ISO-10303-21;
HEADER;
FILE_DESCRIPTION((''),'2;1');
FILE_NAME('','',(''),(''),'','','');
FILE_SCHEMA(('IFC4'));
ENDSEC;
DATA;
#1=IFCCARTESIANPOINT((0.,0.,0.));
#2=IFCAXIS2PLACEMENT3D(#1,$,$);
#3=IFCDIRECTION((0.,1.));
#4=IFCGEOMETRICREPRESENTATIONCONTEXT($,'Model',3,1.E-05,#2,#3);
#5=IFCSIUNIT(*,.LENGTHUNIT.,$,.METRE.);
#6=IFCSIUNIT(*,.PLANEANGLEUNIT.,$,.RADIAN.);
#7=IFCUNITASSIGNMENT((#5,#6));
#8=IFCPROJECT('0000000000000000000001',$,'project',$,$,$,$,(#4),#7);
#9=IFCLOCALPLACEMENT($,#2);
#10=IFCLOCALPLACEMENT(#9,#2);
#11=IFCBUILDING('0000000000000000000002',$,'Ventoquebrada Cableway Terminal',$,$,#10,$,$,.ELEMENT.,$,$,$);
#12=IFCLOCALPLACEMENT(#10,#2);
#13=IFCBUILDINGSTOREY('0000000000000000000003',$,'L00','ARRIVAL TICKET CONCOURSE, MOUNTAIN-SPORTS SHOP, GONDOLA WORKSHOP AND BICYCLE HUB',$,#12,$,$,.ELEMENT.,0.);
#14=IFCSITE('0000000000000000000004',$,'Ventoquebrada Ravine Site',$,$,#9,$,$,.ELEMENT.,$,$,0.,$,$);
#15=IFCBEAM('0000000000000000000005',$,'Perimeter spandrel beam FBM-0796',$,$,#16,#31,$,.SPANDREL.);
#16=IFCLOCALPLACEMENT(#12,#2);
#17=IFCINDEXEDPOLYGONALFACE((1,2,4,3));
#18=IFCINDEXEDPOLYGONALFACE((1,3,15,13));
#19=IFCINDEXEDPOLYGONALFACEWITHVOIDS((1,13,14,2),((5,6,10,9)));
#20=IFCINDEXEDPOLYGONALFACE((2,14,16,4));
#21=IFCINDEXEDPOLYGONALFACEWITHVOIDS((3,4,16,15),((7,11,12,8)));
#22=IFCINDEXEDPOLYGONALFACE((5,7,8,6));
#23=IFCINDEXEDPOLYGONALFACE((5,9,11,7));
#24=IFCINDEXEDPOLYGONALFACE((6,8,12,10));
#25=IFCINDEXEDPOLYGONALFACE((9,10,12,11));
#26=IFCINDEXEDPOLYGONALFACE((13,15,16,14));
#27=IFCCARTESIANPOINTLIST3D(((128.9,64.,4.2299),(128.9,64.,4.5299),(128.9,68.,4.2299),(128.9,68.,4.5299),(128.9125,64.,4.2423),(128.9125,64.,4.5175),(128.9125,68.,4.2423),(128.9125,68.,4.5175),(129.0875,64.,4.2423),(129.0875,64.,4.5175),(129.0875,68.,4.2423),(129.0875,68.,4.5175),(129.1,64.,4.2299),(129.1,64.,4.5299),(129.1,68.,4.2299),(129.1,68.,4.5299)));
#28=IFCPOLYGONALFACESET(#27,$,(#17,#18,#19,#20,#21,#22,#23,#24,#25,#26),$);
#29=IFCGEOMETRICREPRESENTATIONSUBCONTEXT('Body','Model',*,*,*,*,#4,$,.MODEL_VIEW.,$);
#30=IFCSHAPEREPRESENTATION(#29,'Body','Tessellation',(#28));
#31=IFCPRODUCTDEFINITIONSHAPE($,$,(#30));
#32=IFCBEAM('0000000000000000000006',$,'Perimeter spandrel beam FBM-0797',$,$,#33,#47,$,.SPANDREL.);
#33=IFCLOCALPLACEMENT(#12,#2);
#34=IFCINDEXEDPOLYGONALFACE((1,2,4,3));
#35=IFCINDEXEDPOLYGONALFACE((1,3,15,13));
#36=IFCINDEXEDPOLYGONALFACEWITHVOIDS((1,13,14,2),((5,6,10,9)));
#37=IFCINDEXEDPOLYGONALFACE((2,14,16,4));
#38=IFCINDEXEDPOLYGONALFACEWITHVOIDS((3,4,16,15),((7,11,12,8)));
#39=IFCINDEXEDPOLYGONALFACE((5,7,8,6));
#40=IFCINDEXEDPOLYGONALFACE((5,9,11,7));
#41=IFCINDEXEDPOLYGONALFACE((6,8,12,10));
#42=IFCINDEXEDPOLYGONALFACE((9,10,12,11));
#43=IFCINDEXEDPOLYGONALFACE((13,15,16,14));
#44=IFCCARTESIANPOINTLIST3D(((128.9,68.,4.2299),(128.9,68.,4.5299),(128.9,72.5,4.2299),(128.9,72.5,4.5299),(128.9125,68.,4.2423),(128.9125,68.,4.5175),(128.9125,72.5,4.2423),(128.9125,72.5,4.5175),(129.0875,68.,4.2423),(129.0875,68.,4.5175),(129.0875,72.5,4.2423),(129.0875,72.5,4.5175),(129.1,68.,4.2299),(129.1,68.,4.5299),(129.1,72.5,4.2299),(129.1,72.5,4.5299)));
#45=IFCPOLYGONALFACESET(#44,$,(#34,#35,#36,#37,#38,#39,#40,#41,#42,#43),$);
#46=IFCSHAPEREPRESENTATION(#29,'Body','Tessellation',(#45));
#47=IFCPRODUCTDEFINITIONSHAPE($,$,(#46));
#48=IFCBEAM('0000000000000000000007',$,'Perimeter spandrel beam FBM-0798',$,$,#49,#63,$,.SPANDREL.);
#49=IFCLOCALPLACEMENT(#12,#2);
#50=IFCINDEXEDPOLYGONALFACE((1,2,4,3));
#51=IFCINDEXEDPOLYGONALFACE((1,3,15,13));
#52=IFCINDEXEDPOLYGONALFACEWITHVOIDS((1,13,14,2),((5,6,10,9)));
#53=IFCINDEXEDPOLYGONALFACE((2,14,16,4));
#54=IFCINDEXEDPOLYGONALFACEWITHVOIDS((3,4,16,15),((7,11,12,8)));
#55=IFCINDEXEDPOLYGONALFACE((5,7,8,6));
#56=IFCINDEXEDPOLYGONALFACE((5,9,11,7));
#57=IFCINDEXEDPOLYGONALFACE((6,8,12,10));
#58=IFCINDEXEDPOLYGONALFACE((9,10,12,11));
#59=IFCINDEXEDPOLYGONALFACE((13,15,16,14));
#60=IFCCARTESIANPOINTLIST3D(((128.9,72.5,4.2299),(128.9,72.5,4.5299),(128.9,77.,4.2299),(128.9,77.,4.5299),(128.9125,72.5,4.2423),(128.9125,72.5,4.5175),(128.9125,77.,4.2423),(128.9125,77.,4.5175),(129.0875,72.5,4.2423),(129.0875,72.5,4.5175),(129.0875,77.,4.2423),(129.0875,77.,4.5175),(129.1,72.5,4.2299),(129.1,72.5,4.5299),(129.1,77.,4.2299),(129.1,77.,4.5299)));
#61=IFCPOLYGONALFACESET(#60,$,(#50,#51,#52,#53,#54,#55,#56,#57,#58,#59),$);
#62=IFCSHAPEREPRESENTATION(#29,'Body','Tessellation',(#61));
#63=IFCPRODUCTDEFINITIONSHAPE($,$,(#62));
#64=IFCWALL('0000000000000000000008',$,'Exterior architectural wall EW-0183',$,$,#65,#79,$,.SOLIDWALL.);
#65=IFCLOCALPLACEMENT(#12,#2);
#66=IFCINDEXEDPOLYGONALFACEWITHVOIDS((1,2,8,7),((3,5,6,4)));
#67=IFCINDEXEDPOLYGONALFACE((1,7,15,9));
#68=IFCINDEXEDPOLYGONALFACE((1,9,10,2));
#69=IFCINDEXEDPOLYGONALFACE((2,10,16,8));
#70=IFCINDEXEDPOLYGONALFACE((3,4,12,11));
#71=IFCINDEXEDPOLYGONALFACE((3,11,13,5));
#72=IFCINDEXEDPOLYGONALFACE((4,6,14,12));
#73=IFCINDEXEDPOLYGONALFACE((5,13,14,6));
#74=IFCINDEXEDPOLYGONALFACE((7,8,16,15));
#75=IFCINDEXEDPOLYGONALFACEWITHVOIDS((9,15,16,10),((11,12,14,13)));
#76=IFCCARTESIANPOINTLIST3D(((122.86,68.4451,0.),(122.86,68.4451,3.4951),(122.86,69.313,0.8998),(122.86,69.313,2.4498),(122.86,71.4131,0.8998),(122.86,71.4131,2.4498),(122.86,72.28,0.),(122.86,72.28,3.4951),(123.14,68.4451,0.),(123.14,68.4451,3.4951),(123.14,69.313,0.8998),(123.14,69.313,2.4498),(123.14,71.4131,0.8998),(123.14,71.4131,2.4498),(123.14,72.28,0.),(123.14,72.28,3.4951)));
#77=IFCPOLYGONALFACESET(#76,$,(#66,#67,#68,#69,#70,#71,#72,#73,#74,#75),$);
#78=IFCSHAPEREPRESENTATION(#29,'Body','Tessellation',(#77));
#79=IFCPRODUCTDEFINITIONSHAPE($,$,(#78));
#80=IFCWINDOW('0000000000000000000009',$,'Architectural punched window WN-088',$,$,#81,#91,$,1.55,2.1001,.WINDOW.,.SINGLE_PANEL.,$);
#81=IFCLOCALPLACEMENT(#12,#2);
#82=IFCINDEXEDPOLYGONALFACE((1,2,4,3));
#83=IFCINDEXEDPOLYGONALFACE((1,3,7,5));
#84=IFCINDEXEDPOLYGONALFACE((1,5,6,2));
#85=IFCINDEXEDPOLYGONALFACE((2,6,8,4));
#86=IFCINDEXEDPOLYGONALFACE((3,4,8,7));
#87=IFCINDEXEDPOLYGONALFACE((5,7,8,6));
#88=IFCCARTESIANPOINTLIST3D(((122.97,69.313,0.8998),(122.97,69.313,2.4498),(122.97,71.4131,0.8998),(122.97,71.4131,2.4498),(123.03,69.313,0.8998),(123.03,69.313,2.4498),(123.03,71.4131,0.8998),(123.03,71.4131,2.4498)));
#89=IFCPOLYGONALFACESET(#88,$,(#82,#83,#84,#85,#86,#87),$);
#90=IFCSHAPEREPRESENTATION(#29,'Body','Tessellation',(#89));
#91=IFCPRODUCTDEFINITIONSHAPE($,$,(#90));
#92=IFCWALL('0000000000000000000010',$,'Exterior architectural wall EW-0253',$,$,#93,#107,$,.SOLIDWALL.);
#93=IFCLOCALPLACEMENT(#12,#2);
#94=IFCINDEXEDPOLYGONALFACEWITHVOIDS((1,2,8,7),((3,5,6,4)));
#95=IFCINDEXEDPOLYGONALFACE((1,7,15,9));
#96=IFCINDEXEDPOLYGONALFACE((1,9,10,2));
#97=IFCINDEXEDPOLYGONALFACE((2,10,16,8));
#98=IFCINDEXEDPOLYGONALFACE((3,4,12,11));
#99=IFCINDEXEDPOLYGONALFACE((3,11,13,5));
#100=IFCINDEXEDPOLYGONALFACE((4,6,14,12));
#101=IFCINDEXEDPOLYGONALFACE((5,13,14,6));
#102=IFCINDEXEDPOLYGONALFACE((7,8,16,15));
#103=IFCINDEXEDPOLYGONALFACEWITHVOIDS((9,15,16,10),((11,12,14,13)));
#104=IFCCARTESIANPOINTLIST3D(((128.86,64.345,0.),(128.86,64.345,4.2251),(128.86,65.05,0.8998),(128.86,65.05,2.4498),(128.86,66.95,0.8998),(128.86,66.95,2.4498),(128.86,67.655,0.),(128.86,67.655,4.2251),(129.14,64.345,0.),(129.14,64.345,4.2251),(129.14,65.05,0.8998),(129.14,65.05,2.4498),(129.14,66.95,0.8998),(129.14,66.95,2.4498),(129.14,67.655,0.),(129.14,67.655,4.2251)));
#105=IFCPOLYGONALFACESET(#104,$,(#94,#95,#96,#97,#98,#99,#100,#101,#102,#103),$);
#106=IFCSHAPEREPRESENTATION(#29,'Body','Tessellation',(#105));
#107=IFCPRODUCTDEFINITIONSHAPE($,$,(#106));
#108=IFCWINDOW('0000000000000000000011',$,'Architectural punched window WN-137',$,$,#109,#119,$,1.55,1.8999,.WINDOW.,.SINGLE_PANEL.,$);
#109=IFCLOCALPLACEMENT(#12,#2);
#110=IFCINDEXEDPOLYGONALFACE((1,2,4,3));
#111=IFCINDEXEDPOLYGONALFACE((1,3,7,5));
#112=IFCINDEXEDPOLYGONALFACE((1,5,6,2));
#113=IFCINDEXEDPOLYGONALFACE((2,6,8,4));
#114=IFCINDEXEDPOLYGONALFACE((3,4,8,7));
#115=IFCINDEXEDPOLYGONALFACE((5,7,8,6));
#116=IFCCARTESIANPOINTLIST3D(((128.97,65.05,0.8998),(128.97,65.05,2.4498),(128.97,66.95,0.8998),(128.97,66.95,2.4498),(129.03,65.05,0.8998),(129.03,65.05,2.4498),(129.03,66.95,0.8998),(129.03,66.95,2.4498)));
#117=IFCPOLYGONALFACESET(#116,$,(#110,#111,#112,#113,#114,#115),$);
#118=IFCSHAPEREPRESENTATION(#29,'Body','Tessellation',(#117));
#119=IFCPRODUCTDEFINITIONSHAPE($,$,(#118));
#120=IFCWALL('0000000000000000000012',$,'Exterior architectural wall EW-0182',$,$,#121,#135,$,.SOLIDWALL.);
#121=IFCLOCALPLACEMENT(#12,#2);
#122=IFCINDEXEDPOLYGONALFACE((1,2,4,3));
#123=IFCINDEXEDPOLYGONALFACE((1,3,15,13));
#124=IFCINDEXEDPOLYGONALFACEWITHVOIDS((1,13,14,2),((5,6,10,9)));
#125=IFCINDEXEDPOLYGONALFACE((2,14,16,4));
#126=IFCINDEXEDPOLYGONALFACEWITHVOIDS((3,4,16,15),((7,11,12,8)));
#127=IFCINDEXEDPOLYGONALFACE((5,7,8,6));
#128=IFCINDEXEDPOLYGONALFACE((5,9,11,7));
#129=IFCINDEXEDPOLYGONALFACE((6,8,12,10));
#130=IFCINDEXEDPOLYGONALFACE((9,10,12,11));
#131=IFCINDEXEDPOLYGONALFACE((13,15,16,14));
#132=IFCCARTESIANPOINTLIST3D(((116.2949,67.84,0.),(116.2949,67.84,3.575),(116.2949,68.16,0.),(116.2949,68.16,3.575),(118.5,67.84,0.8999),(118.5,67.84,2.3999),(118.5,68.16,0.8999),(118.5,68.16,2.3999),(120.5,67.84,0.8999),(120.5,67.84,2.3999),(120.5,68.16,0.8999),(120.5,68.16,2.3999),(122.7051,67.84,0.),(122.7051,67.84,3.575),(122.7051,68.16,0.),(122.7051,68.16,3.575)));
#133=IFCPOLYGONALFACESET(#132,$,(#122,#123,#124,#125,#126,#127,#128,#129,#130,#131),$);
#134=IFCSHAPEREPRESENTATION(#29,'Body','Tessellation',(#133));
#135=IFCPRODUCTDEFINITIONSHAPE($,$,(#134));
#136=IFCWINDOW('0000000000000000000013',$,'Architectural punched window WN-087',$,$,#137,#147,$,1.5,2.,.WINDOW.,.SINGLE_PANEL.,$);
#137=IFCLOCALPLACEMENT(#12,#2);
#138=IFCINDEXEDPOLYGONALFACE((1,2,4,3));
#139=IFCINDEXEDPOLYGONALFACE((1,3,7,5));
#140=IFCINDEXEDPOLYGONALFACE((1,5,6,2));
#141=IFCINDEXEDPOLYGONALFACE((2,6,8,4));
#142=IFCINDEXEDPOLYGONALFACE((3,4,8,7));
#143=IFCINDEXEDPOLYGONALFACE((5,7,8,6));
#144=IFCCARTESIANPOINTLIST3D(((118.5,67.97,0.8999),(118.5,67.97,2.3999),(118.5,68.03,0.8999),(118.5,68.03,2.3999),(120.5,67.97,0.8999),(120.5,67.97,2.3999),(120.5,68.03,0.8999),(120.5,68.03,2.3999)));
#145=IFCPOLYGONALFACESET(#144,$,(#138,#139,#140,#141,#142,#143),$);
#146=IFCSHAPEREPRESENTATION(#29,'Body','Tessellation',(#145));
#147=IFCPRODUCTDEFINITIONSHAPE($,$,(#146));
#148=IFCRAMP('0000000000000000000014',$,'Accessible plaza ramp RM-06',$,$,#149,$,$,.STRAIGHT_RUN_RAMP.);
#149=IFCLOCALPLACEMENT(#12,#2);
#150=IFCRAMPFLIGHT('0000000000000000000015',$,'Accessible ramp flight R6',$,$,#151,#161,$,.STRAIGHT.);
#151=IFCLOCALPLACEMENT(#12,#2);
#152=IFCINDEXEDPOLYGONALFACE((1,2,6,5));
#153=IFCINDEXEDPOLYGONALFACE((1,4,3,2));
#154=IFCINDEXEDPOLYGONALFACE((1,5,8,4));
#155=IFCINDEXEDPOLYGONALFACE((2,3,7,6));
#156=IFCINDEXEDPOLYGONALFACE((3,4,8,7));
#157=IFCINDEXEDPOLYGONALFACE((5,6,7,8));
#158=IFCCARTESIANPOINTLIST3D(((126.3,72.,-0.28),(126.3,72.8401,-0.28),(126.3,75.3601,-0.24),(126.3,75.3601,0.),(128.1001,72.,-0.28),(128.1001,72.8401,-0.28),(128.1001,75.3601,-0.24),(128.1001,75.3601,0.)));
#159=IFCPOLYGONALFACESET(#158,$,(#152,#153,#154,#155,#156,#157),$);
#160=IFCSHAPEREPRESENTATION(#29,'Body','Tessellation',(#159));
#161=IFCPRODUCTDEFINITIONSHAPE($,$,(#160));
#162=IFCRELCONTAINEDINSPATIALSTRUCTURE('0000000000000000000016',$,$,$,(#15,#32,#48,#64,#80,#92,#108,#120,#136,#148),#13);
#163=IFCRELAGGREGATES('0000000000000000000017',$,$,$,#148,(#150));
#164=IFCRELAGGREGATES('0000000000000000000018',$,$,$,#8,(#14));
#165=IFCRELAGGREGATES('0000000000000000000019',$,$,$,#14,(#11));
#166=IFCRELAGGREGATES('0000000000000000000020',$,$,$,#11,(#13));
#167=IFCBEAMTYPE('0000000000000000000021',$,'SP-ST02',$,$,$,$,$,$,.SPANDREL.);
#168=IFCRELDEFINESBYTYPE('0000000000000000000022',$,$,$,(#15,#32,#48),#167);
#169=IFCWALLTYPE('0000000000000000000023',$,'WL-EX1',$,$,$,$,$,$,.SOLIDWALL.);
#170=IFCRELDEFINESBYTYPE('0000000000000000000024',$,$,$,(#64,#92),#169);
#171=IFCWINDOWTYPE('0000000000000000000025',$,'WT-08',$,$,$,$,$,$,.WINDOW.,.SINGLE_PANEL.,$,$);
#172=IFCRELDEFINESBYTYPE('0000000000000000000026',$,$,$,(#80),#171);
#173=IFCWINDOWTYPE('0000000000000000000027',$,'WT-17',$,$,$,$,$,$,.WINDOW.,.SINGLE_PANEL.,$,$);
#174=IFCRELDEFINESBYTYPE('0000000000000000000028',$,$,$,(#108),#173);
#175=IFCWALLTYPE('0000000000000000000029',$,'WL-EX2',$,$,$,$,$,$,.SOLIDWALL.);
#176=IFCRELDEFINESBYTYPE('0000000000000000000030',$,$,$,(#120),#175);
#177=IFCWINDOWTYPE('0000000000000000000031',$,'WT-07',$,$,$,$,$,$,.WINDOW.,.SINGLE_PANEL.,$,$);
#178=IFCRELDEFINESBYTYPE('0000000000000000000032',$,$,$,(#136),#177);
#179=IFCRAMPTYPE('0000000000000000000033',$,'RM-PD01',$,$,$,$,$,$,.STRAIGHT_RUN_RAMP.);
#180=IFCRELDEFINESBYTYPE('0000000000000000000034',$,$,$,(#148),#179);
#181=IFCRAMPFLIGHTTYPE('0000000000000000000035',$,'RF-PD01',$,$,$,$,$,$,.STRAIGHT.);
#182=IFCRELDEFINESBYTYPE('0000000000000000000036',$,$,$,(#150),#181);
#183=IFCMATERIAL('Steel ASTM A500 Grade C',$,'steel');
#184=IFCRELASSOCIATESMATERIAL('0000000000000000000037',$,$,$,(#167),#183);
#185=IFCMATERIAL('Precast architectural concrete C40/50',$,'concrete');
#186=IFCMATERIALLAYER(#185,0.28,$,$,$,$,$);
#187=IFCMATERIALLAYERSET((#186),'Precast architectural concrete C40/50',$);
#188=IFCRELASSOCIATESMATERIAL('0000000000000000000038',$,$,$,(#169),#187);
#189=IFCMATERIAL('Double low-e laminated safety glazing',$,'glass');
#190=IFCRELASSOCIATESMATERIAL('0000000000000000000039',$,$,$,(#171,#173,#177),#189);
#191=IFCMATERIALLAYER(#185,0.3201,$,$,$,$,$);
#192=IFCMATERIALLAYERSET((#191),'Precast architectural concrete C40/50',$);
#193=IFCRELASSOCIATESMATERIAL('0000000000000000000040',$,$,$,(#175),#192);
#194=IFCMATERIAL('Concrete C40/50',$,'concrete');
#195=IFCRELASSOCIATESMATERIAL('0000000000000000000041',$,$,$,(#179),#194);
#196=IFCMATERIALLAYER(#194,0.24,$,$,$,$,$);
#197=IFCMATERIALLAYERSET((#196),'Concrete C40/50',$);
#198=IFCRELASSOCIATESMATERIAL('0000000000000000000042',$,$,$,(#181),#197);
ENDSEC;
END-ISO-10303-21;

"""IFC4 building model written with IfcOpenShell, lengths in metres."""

from ifc_helpers import new_model, si_unit, direction, frame, frame_2d, origin, origin_2d, place, context, subcontext, project, spatial, polyline, rectangle, hollow_rectangle, outline, extrude, material, layer, layer_set, material_profile, profile_set, type_object, element, fill, aggregate, save


model = new_model("IFC4")

# Units and contexts
model_context = context("Model", 3, precision=1e-05, world=origin(), true_north=direction((0.0, 1.0)))
body_context = subcontext(model_context, "Body", "Model", "MODEL_VIEW")
ifc_project = project(units=[si_unit("LENGTHUNIT", "METRE"), si_unit("PLANEANGLEUNIT", "RADIAN")], contexts=[model_context])

# Site, building, storey
site_placement = place(None, origin())
site = spatial("IfcSite", under=ifc_project, at=site_placement, Name="Ventoquebrada Ravine Site", CompositionType="ELEMENT", RefElevation=0.0)
building_placement = place(site_placement, origin())
building = spatial("IfcBuilding", under=site, at=building_placement, Name="Ventoquebrada Cableway Terminal", CompositionType="ELEMENT")
storey_placement = place(building_placement, origin())
storey = spatial("IfcBuildingStorey", under=building, at=storey_placement, Name="L00", Description="ARRIVAL TICKET CONCOURSE, MOUNTAIN-SPORTS SHOP, GONDOLA WORKSHOP AND BICYCLE HUB", CompositionType="ELEMENT", Elevation=0.0)

# Shared definitions
ifc_material_1 = material(Name="Concrete C40/50", Category="concrete")

# Shared definitions
ifc_material_2 = material(Name="Steel ASTM A500 Grade C", Category="steel")

# Beams
ifc_material_profile_1 = material_profile(ifc_material_2, hollow_rectangle(XDim=0.2, YDim=0.3, WallThickness=0.0125, at=origin_2d()), Name="RHS300X200X12.5")
ifc_profile_set_1 = profile_set([ifc_material_profile_1], Name="Steel ASTM A500 Grade C")
beam_type_1 = type_object("IfcBeamType", Name="SP-ST02", PredefinedType="SPANDREL", material=ifc_profile_set_1)
beam_1_placement = place(storey_placement, frame((129.0, 64.0, 4.3799), z_axis=(0.0, 1.0, 0.0), x_axis=(-1.0, 0.0, 0.0)))
element("IfcBeam", 1, at=beam_1_placement, inside=storey, type_object=beam_type_1, Name="Perimeter spandrel beam FBM-0796", PredefinedType="SPANDREL", context=body_context, shape_type="SweptSolid", body=[
    extrude(hollow_rectangle(XDim=0.2, YDim=0.3, WallThickness=0.0125, at=origin_2d()), origin(), (0.0, 0.0, 1.0), 4.0),
])
for number, where, z_axis, x_axis, name in (
    (2, (129.0, 68.0, 4.3799), (0.0, 1.0, 0.0), (-1.0, 0.0, 0.0), "Perimeter spandrel beam FBM-0797"),
    (3, (129.0, 72.5, 4.3799), (0.0, 1.0, 0.0), (-1.0, 0.0, 0.0), "Perimeter spandrel beam FBM-0798"),
):
    element("IfcBeam", number, at=place(storey_placement, frame(where, z_axis=z_axis, x_axis=x_axis)), inside=storey, type_object=beam_type_1, Name=name, PredefinedType="SPANDREL", context=body_context, shape_type="SweptSolid", body=[
        extrude(hollow_rectangle(XDim=0.2, YDim=0.3, WallThickness=0.0125, at=origin_2d()), origin(), (0.0, 0.0, 1.0), 4.5),
    ])

# Walls, openings, windows
ifc_material_3 = material(Name="Precast architectural concrete C40/50", Category="concrete")
ifc_layer_1 = layer(ifc_material_3, 0.28)
ifc_layer_set_1 = layer_set([ifc_layer_1], Name="Precast architectural concrete C40/50")
wall_type_1 = type_object("IfcWallType", Name="WL-EX1", PredefinedType="SOLIDWALL", material=ifc_layer_set_1)
wall_1_placement = place(storey_placement, frame((123.0, 68.4451, 0.0), z_axis=(0.0, 0.0, 1.0), x_axis=(0.0, 1.0, 0.0)))
wall_1 = element("IfcWall", 4, at=wall_1_placement, inside=storey, type_object=wall_type_1, Name="Exterior architectural wall EW-0183", PredefinedType="SOLIDWALL", context=body_context, shape_type="SweptSolid", body=[
    extrude(rectangle(XDim=3.835, YDim=0.28, at=frame_2d((1.9175, 0.0))), origin(), (0.0, 0.0, 1.0), 3.4951),
])
opening_1_placement = place(wall_1_placement, frame((0.8679, 0.0, 0.8999)))
opening_1 = element("IfcOpeningElement", 5, at=opening_1_placement, cuts=wall_1, PredefinedType="OPENING", context=body_context, shape_type="SweptSolid", body=[
    extrude(rectangle(XDim=2.1001, YDim=1.55, at=frame_2d((1.05, 0.7749))), frame((0.0, 0.1499, 0.0), z_axis=(0.0, -1.0, 0.0), x_axis=(1.0, 0.0, 0.0)), (0.0, 0.0, 1.0), 0.3),
])
ifc_material_4 = material(Name="Double low-e laminated safety glazing", Category="glass")
window_type_1 = type_object("IfcWindowType", Name="WT-08", PartitioningType="SINGLE_PANEL", PredefinedType="WINDOW", material=ifc_material_4)
window_1_placement = place(opening_1_placement, origin())
window_1 = element("IfcWindow", 6, at=window_1_placement, inside=storey, type_object=window_type_1, Name="Architectural punched window WN-088", OverallHeight=1.55, OverallWidth=2.1001, PartitioningType="SINGLE_PANEL", PredefinedType="WINDOW", context=body_context, shape_type="SweptSolid", body=[
    extrude(rectangle(XDim=2.1001, YDim=1.55, at=frame_2d((1.05, 0.7749))), frame((0.0, 0.03, 0.0), z_axis=(0.0, -1.0, 0.0), x_axis=(1.0, 0.0, 0.0)), (0.0, 0.0, 1.0), 0.0601),
])
fill(opening_1, window_1)
wall_2_placement = place(storey_placement, frame((129.0, 67.655, 0.0), z_axis=(0.0, 0.0, 1.0), x_axis=(0.0, -1.0, 0.0)))
wall_2 = element("IfcWall", 7, at=wall_2_placement, inside=storey, type_object=wall_type_1, Name="Exterior architectural wall EW-0253", PredefinedType="SOLIDWALL", context=body_context, shape_type="SweptSolid", body=[
    extrude(rectangle(XDim=3.3101, YDim=0.28, at=frame_2d((1.655, 0.0))), origin(), (0.0, 0.0, 1.0), 4.2251),
])
opening_2_placement = place(wall_2_placement, frame((0.7051, 0.0, 0.8999)))
opening_2 = element("IfcOpeningElement", 8, at=opening_2_placement, cuts=wall_2, PredefinedType="OPENING", context=body_context, shape_type="SweptSolid", body=[
    extrude(rectangle(XDim=1.8999, YDim=1.55, at=frame_2d((0.95, 0.7749))), frame((0.0, 0.1499, 0.0), z_axis=(0.0, -1.0, 0.0), x_axis=(1.0, 0.0, 0.0)), (0.0, 0.0, 1.0), 0.3),
])
window_type_2 = type_object("IfcWindowType", Name="WT-17", PartitioningType="SINGLE_PANEL", PredefinedType="WINDOW", material=ifc_material_4)
window_2_placement = place(opening_2_placement, origin())
window_2 = element("IfcWindow", 9, at=window_2_placement, inside=storey, type_object=window_type_2, Name="Architectural punched window WN-137", OverallHeight=1.55, OverallWidth=1.8999, PartitioningType="SINGLE_PANEL", PredefinedType="WINDOW", context=body_context, shape_type="SweptSolid", body=[
    extrude(rectangle(XDim=1.8999, YDim=1.55, at=frame_2d((0.95, 0.7749))), frame((0.0, 0.03, 0.0), z_axis=(0.0, -1.0, 0.0), x_axis=(1.0, 0.0, 0.0)), (0.0, 0.0, 1.0), 0.0601),
])
fill(opening_2, window_2)
ifc_layer_2 = layer(ifc_material_3, 0.3201)
ifc_layer_set_2 = layer_set([ifc_layer_2], Name="Precast architectural concrete C40/50")
wall_type_2 = type_object("IfcWallType", Name="WL-EX2", PredefinedType="SOLIDWALL", material=ifc_layer_set_2)
wall_3_placement = place(storey_placement, frame((116.2949, 68.0, 0.0), z_axis=(0.0, 0.0, 1.0), x_axis=(1.0, 0.0, 0.0)))
wall_3 = element("IfcWall", 10, at=wall_3_placement, inside=storey, type_object=wall_type_2, Name="Exterior architectural wall EW-0182", PredefinedType="SOLIDWALL", context=body_context, shape_type="SweptSolid", body=[
    extrude(rectangle(XDim=6.4102, YDim=0.3201, at=frame_2d((3.2051, 0.0))), origin(), (0.0, 0.0, 1.0), 3.575),
])
opening_3_placement = place(wall_3_placement, frame((2.2051, 0.0, 0.8999)))
opening_3 = element("IfcOpeningElement", 11, at=opening_3_placement, cuts=wall_3, PredefinedType="OPENING", context=body_context, shape_type="SweptSolid", body=[
    extrude(rectangle(XDim=2.0, YDim=1.5, at=frame_2d((1.0, 0.75))), frame((0.0, 0.1699, 0.0), z_axis=(0.0, -1.0, 0.0), x_axis=(1.0, 0.0, 0.0)), (0.0, 0.0, 1.0), 0.3401),
])
window_type_3 = type_object("IfcWindowType", Name="WT-07", PartitioningType="SINGLE_PANEL", PredefinedType="WINDOW", material=ifc_material_4)
window_3_placement = place(opening_3_placement, origin())
window_3 = element("IfcWindow", 12, at=window_3_placement, inside=storey, type_object=window_type_3, Name="Architectural punched window WN-087", OverallHeight=1.5, OverallWidth=2.0, PartitioningType="SINGLE_PANEL", PredefinedType="WINDOW", context=body_context, shape_type="SweptSolid", body=[
    extrude(rectangle(XDim=2.0, YDim=1.5, at=frame_2d((1.0, 0.75))), frame((0.0, 0.03, 0.0), z_axis=(0.0, -1.0, 0.0), x_axis=(1.0, 0.0, 0.0)), (0.0, 0.0, 1.0), 0.0601),
])
fill(opening_3, window_3)

# Ramp, ramp flight
ramp_type = type_object("IfcRampType", Name="RM-PD01", PredefinedType="STRAIGHT_RUN_RAMP", material=ifc_material_1)
ramp_placement = place(storey_placement, origin())
ramp = element("IfcRamp", 13, at=ramp_placement, inside=storey, type_object=ramp_type, Name="Accessible plaza ramp RM-06", PredefinedType="STRAIGHT_RUN_RAMP")
ifc_layer_3 = layer(ifc_material_1, 0.24)
ifc_layer_set_3 = layer_set([ifc_layer_3], Name="Concrete C40/50")
ramp_flight_type = type_object("IfcRampFlightType", Name="RF-PD01", PredefinedType="STRAIGHT", material=ifc_layer_set_3)
ramp_flight_placement = place(storey_placement, frame((127.2, 72.0, -0.28), z_axis=(0.0, 0.0, 1.0), x_axis=(0.0, 1.0, 0.0)))
ramp_flight = element("IfcRampFlight", 14, at=ramp_flight_placement, type_object=ramp_flight_type, Name="Accessible ramp flight R6", PredefinedType="STRAIGHT", context=body_context, shape_type="SweptSolid", body=[
    extrude(outline(polyline([(0.0, 0.0), (0.8401, 0.0), (3.3601, 0.04), (3.3601, 0.28), (0.0, 0.0)])), frame((0.0, 0.8999, 0.0), z_axis=(0.0, -1.0, 0.0), x_axis=(1.0, 0.0, 0.0)), (0.0, 0.0, 1.0), 1.8),
])
aggregate(ramp, [ramp_flight])

save(model, "model.ifc")
